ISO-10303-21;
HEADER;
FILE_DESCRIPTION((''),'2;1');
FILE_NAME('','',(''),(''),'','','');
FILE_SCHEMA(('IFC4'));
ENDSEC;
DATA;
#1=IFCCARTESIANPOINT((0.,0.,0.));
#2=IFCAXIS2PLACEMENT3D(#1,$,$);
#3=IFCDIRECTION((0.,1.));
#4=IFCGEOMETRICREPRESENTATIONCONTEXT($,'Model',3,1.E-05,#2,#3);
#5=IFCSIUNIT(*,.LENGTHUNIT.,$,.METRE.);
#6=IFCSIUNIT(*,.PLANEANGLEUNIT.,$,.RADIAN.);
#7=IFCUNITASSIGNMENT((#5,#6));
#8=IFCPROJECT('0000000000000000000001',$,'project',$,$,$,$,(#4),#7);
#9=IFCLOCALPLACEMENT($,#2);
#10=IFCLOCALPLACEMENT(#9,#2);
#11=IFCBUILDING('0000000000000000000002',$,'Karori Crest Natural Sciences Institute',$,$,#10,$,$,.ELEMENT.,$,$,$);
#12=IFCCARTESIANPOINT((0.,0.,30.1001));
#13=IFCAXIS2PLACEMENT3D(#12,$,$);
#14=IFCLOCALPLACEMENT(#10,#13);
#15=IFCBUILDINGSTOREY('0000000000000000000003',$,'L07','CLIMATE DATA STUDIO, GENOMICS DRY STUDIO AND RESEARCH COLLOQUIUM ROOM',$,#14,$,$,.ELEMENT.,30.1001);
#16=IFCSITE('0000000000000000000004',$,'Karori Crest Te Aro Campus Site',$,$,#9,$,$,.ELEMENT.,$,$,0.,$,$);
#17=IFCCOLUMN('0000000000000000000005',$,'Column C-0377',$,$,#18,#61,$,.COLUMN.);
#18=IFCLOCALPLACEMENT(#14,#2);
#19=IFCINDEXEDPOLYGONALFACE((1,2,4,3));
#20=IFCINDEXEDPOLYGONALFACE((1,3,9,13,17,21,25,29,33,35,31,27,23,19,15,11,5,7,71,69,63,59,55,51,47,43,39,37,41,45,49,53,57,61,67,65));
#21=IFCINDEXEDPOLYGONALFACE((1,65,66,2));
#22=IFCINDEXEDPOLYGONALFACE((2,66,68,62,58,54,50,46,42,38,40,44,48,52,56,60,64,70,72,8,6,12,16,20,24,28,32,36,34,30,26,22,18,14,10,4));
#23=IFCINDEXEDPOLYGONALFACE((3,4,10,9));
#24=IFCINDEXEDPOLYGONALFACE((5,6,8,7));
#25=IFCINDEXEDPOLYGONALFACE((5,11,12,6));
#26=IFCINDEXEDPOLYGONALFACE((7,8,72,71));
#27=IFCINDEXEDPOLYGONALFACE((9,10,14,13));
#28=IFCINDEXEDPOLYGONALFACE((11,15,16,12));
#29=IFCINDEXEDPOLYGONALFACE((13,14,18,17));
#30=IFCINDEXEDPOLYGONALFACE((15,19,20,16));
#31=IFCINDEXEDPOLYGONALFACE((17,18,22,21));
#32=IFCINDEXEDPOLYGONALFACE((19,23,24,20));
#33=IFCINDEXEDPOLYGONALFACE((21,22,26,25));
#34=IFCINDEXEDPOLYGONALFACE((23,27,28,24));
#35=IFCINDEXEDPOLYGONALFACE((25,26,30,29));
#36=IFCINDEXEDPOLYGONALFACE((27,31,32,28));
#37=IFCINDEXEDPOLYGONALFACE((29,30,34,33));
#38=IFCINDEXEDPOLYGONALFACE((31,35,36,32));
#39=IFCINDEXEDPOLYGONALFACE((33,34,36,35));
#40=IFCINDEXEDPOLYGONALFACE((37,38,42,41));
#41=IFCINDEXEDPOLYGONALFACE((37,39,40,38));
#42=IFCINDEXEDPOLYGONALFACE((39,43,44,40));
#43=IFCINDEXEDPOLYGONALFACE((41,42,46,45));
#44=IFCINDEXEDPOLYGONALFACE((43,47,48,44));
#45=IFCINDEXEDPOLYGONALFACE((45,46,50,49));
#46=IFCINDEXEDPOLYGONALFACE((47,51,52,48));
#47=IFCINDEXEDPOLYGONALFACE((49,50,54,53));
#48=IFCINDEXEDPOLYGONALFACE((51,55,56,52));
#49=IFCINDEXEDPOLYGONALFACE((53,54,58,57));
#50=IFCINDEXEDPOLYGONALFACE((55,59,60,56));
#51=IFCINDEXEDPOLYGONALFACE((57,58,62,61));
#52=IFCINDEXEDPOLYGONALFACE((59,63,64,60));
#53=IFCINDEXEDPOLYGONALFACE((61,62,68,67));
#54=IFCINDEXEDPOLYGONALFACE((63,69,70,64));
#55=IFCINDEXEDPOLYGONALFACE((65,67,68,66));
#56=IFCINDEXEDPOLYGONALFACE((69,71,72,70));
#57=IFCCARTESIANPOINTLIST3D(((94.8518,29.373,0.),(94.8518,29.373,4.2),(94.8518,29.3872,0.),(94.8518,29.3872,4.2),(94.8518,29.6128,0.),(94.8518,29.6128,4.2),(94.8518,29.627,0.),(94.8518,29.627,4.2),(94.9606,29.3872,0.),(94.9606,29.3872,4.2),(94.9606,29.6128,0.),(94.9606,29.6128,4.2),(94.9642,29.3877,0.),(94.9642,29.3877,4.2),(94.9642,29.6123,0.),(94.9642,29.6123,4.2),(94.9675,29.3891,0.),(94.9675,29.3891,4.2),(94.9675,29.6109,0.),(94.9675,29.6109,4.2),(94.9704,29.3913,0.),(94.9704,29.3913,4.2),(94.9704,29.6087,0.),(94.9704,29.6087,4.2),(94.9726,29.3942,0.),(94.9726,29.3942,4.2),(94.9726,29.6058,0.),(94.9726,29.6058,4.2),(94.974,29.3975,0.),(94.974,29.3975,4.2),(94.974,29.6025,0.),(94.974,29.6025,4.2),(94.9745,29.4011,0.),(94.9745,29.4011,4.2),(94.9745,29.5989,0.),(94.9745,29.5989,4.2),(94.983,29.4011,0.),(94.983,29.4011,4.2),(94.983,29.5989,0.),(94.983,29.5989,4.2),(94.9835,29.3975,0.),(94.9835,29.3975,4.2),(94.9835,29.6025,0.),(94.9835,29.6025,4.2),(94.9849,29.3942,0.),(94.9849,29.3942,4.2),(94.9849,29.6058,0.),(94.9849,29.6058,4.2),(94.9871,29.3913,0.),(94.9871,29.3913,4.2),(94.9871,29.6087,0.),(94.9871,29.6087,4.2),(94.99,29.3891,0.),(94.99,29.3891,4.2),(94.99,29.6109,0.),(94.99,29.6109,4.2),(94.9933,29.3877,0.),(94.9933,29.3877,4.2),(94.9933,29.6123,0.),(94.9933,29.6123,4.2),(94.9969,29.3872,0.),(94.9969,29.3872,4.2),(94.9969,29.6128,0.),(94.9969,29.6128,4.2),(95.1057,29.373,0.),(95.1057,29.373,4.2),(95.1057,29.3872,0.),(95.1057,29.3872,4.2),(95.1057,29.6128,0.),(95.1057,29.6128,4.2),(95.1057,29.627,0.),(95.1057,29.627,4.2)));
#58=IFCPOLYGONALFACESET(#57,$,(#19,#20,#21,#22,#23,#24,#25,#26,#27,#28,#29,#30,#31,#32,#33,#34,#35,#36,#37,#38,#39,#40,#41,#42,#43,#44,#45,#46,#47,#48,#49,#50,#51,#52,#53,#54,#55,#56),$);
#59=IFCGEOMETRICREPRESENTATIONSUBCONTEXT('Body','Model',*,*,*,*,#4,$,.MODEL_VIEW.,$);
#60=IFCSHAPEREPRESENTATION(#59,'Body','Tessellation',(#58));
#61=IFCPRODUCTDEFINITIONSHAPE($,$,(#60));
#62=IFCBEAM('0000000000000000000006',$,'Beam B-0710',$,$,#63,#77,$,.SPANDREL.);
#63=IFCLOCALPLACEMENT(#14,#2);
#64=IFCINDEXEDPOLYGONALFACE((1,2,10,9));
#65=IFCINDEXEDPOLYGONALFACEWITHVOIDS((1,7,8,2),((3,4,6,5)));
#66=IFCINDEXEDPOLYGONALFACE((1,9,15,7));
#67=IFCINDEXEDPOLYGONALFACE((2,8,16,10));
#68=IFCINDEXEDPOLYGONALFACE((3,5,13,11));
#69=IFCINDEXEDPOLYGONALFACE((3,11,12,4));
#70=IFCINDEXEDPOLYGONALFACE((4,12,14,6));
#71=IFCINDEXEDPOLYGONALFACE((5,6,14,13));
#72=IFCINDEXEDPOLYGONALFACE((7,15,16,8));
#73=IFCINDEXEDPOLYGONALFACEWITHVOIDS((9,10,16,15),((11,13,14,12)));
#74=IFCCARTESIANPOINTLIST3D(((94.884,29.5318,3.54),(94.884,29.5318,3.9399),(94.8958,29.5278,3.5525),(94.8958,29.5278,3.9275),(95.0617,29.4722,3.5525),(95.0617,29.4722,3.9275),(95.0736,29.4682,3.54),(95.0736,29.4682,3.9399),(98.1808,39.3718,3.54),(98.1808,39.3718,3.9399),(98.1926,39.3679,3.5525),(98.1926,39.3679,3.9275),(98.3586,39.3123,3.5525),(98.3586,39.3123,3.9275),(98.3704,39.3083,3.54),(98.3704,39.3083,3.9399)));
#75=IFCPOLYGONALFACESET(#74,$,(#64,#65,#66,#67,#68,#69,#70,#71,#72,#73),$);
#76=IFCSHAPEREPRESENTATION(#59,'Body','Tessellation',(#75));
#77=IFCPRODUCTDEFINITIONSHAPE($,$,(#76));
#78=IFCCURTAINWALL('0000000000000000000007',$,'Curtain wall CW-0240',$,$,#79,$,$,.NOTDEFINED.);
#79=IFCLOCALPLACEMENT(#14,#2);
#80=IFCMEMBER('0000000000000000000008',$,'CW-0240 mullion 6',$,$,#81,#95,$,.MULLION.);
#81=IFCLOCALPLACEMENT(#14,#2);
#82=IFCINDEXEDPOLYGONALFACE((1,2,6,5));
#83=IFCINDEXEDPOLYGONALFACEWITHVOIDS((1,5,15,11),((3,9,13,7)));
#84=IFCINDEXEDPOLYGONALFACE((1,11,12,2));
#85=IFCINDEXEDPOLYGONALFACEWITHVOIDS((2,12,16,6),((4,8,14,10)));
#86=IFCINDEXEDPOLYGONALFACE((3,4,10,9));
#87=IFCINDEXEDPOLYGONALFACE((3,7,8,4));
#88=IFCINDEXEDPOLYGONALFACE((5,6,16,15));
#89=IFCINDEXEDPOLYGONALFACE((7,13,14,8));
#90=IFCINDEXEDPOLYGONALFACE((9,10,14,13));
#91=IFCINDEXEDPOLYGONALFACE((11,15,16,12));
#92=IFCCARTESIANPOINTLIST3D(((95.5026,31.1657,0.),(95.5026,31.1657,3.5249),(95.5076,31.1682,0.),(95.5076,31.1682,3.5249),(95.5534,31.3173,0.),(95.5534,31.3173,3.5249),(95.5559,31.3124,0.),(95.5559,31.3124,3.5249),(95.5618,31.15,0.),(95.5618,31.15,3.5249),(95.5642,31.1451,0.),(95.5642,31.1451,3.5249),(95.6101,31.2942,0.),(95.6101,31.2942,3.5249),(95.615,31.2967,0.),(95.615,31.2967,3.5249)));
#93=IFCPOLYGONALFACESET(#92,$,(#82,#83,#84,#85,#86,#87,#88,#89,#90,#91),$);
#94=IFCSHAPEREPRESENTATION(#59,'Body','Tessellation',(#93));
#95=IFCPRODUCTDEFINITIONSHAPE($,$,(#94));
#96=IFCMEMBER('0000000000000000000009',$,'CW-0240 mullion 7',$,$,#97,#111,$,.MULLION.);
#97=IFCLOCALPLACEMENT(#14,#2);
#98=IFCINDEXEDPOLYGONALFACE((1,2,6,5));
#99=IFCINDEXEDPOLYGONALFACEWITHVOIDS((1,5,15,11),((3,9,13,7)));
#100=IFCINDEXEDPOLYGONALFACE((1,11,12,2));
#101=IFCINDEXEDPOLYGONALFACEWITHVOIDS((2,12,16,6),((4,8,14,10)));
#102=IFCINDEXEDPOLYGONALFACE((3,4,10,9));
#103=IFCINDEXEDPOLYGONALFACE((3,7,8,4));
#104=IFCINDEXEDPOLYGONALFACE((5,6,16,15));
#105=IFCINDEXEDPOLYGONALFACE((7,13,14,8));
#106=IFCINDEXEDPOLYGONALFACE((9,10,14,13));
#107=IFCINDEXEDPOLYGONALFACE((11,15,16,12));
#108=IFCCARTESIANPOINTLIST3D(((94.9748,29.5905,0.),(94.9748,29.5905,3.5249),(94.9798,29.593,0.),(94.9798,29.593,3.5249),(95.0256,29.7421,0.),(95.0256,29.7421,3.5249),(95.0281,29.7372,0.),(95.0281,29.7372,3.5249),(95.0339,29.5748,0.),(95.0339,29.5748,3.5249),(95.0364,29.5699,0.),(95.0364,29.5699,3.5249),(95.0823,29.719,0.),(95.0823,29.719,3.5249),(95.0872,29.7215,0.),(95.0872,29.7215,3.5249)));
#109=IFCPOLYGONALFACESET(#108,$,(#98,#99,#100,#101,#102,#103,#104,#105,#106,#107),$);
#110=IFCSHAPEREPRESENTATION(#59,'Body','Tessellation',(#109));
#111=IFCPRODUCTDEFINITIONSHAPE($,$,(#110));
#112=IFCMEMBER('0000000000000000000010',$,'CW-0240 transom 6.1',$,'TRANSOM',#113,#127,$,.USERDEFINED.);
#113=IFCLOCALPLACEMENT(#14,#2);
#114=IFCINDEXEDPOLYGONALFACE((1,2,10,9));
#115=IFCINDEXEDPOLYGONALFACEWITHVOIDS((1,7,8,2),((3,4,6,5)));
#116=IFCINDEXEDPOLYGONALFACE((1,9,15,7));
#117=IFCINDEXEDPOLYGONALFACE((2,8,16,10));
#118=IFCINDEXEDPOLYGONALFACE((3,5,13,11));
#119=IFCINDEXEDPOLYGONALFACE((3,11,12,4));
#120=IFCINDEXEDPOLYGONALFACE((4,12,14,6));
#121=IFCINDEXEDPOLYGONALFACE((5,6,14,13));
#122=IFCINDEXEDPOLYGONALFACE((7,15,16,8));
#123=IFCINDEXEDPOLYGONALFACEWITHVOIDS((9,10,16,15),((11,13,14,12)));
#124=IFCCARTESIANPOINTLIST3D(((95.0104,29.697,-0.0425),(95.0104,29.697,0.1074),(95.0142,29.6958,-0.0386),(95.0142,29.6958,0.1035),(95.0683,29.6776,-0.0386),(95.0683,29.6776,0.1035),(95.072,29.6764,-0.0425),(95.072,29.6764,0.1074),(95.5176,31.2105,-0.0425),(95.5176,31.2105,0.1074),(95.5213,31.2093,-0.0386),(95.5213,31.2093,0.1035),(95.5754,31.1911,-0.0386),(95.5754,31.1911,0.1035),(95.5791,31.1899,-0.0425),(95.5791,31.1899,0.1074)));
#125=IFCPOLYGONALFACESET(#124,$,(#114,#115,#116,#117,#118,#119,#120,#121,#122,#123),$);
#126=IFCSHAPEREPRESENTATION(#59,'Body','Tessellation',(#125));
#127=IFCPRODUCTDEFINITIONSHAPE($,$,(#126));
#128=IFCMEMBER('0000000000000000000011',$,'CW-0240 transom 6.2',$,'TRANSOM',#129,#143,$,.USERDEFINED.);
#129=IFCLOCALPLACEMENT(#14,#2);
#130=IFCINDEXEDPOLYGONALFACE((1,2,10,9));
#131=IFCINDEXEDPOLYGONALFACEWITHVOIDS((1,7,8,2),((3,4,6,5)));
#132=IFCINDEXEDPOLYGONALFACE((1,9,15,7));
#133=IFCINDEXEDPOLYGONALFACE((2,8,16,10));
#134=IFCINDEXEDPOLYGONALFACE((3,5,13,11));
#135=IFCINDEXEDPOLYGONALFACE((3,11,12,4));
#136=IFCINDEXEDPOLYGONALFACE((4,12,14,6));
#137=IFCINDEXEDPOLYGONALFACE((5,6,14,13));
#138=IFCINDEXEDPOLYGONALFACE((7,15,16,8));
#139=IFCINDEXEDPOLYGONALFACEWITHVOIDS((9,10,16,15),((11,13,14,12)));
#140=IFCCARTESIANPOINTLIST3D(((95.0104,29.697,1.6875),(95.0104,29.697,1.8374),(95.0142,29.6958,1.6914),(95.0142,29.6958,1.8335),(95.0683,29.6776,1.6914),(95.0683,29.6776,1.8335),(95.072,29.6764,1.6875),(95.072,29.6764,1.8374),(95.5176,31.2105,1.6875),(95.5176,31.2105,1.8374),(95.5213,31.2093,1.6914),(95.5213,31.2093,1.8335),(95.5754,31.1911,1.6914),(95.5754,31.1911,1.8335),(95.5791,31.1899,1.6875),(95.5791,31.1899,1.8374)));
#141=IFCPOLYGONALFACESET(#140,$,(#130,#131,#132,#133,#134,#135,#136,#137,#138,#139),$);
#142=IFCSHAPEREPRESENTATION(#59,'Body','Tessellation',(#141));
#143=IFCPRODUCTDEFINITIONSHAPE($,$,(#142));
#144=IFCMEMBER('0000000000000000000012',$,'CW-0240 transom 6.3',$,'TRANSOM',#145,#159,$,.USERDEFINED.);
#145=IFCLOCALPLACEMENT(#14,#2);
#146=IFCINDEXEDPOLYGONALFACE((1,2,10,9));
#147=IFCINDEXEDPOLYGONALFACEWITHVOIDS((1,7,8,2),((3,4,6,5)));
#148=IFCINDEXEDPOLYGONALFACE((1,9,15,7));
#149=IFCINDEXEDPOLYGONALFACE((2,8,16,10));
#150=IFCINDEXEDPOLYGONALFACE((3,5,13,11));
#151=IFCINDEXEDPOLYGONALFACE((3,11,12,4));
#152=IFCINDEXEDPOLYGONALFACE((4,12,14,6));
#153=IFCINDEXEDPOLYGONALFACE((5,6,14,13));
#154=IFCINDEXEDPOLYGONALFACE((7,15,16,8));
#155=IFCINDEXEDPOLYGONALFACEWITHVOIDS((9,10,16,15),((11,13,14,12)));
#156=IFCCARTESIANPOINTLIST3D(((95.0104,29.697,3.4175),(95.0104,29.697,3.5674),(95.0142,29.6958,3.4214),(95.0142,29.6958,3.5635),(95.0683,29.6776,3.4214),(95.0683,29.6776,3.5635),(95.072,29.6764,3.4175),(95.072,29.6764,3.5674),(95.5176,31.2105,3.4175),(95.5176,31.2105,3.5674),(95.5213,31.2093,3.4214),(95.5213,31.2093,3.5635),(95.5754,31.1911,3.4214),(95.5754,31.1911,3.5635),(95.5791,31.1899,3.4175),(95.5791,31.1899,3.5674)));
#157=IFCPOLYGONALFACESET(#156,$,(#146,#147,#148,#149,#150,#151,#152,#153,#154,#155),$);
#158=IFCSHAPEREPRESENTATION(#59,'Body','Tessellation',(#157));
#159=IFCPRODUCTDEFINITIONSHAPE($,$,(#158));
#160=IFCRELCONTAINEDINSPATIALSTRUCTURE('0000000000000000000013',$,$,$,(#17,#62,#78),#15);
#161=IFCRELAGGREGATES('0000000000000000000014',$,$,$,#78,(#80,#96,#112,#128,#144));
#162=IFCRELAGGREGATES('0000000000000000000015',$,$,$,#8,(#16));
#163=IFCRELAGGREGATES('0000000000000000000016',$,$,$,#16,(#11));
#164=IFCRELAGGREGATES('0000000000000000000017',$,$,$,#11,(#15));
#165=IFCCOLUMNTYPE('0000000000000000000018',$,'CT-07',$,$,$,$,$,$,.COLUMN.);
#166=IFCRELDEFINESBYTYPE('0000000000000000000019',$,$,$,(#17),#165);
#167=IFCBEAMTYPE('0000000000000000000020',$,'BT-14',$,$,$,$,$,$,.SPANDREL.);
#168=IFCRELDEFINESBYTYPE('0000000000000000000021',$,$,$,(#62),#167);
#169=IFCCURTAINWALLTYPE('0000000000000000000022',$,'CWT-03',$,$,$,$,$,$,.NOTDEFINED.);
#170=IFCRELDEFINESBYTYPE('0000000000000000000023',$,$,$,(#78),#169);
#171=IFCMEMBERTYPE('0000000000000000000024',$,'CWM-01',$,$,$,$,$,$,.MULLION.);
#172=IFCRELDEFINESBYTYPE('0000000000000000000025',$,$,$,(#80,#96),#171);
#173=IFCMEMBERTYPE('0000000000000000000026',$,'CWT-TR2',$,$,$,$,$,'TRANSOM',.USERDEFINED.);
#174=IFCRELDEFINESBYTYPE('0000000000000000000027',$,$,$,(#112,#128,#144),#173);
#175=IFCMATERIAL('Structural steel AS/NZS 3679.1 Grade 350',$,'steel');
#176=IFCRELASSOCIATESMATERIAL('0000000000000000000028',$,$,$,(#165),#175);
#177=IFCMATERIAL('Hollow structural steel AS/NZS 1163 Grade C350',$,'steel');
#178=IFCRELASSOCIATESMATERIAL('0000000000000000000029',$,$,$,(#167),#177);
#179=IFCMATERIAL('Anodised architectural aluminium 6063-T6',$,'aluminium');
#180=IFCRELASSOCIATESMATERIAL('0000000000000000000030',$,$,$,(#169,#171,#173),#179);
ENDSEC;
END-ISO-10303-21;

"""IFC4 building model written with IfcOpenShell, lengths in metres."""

from ifc_helpers import new_model, si_unit, direction, frame, origin, origin_2d, place, context, subcontext, project, spatial, hollow_rectangle, i_section, extrude, material, material_profile, profile_set, type_object, element, aggregate, save


model = new_model("IFC4")

# Units and contexts
model_context = context("Model", 3, precision=1e-05, world=origin(), true_north=direction((0.0, 1.0)))
body_context = subcontext(model_context, "Body", "Model", "MODEL_VIEW")
ifc_project = project(units=[si_unit("LENGTHUNIT", "METRE"), si_unit("PLANEANGLEUNIT", "RADIAN")], contexts=[model_context])

# Site, building, storey
site_placement = place(None, origin())
site = spatial("IfcSite", under=ifc_project, at=site_placement, Name="Karori Crest Te Aro Campus Site", CompositionType="ELEMENT", RefElevation=0.0)
building_placement = place(site_placement, origin())
building = spatial("IfcBuilding", under=site, at=building_placement, Name="Karori Crest Natural Sciences Institute", CompositionType="ELEMENT")
storey_placement = place(building_placement, frame((0.0, 0.0, 30.1001)))
storey = spatial("IfcBuildingStorey", under=building, at=storey_placement, Name="L07", Description="CLIMATE DATA STUDIO, GENOMICS DRY STUDIO AND RESEARCH COLLOQUIUM ROOM", CompositionType="ELEMENT", Elevation=30.1001)

# Column
ifc_material_1 = material(Name="Structural steel AS/NZS 3679.1 Grade 350", Category="steel")
ifc_material_profile_1 = material_profile(ifc_material_1, i_section(OverallWidth=0.2539, OverallDepth=0.2539, WebThickness=0.0085, FlangeThickness=0.0142, FilletRadius=0.0139, at=origin_2d()), Name="250UC72.9")
ifc_profile_set_1 = profile_set([ifc_material_profile_1], Name="Structural steel AS/NZS 3679.1 Grade 350")
column_type = type_object("IfcColumnType", Name="CT-07", PredefinedType="COLUMN", material=ifc_profile_set_1)
column_placement = place(storey_placement, frame((94.9788, 29.5, 0.0), z_axis=(0.0, 0.0, 1.0), x_axis=(1.0, 0.0, 0.0)))
element("IfcColumn", 1, at=column_placement, inside=storey, type_object=column_type, Name="Column C-0377", PredefinedType="COLUMN", context=body_context, shape_type="SweptSolid", body=[
    extrude(i_section(OverallWidth=0.2539, OverallDepth=0.2539, WebThickness=0.0085, FlangeThickness=0.0142, FilletRadius=0.0139, at=origin_2d()), origin(), (0.0, 0.0, 1.0), 4.2),
])

# Beam
ifc_material_2 = material(Name="Hollow structural steel AS/NZS 1163 Grade C350", Category="steel")
ifc_material_profile_2 = material_profile(ifc_material_2, hollow_rectangle(XDim=0.2, YDim=0.3999, WallThickness=0.0125, at=origin_2d()), Name="RHS400x200x12.5")
ifc_profile_set_2 = profile_set([ifc_material_profile_2], Name="Hollow structural steel AS/NZS 1163 Grade C350")
beam_type = type_object("IfcBeamType", Name="BT-14", PredefinedType="SPANDREL", material=ifc_profile_set_2)
beam_placement = place(storey_placement, frame((94.9788, 29.5, 3.74), z_axis=(0.317688, 0.948195, 0.0), x_axis=(-0.948195, 0.317688, 0.0)))
element("IfcBeam", 2, at=beam_placement, inside=storey, type_object=beam_type, Name="Beam B-0710", PredefinedType="SPANDREL", context=body_context, shape_type="SweptSolid", body=[
    extrude(hollow_rectangle(XDim=0.2, YDim=0.3999, WallThickness=0.0125, at=origin_2d()), origin(), (0.0, 0.0, 1.0), 10.3777),
])

# Curtain wall, members
ifc_material_3 = material(Name="Anodised architectural aluminium 6063-T6", Category="aluminium")
curtain_wall_type = type_object("IfcCurtainWallType", Name="CWT-03", PredefinedType="NOTDEFINED", material=ifc_material_3)
curtain_wall_placement = place(storey_placement, origin())
curtain_wall = element("IfcCurtainWall", 3, at=curtain_wall_placement, inside=storey, type_object=curtain_wall_type, Name="Curtain wall CW-0240", PredefinedType="NOTDEFINED")
ifc_material_profile_3 = material_profile(ifc_material_3, hollow_rectangle(XDim=0.0649, YDim=0.1599, WallThickness=0.0039, at=origin_2d()), Name="CWM160x65x4")
ifc_profile_set_3 = profile_set([ifc_material_profile_3], Name="Anodised architectural aluminium 6063-T6")
member_type_1 = type_object("IfcMemberType", Name="CWM-01", PredefinedType="MULLION", material=ifc_profile_set_3)
member_1_placement = place(storey_placement, frame((95.5588, 31.2312, 0.0), z_axis=(0.0, 0.0, 1.0), x_axis=(0.948198, -0.31768, 0.0)))
member_1 = element("IfcMember", 4, at=member_1_placement, type_object=member_type_1, Name="CW-0240 mullion 6", PredefinedType="MULLION", context=body_context, shape_type="SweptSolid", body=[
    extrude(hollow_rectangle(XDim=0.0649, YDim=0.1599, WallThickness=0.0039, at=origin_2d()), origin(), (0.0, 0.0, 1.0), 3.5249),
])
member_2_placement = place(storey_placement, frame((95.031, 29.656, 0.0), z_axis=(0.0, 0.0, 1.0), x_axis=(0.948198, -0.31768, 0.0)))
member_2 = element("IfcMember", 5, at=member_2_placement, type_object=member_type_1, Name="CW-0240 mullion 7", PredefinedType="MULLION", context=body_context, shape_type="SweptSolid", body=[
    extrude(hollow_rectangle(XDim=0.0649, YDim=0.1599, WallThickness=0.0039, at=origin_2d()), origin(), (0.0, 0.0, 1.0), 3.5249),
])
ifc_material_profile_4 = material_profile(ifc_material_3, hollow_rectangle(XDim=0.0649, YDim=0.1499, WallThickness=0.0039, at=origin_2d()), Name="CWT150x65x4")
ifc_profile_set_4 = profile_set([ifc_material_profile_4], Name="Anodised architectural aluminium 6063-T6")
member_type_2 = type_object("IfcMemberType", Name="CWT-TR2", ElementType="TRANSOM", PredefinedType="USERDEFINED", material=ifc_profile_set_4)
member_3_placement = place(storey_placement, frame((95.5483, 31.2002, 0.0325), z_axis=(-0.317696, -0.948193, 0.0), x_axis=(0.948193, -0.317696, 0.0)))
member_3 = element("IfcMember", 6, at=member_3_placement, type_object=member_type_2, Name="CW-0240 transom 6.1", ObjectType="TRANSOM", PredefinedType="USERDEFINED", context=body_context, shape_type="SweptSolid", body=[
    extrude(hollow_rectangle(XDim=0.0649, YDim=0.1499, WallThickness=0.0039, at=origin_2d()), origin(), (0.0, 0.0, 1.0), 1.5962),
])
member_4_placement = place(storey_placement, frame((95.5483, 31.2002, 1.7625), z_axis=(-0.317696, -0.948193, 0.0), x_axis=(0.948193, -0.317696, 0.0)))
member_4 = element("IfcMember", 7, at=member_4_placement, type_object=member_type_2, Name="CW-0240 transom 6.2", ObjectType="TRANSOM", PredefinedType="USERDEFINED", context=body_context, shape_type="SweptSolid", body=[
    extrude(hollow_rectangle(XDim=0.0649, YDim=0.1499, WallThickness=0.0039, at=origin_2d()), origin(), (0.0, 0.0, 1.0), 1.5962),
])
member_5_placement = place(storey_placement, frame((95.5483, 31.2002, 3.4924), z_axis=(-0.317696, -0.948193, 0.0), x_axis=(0.948193, -0.317696, 0.0)))
member_5 = element("IfcMember", 8, at=member_5_placement, type_object=member_type_2, Name="CW-0240 transom 6.3", ObjectType="TRANSOM", PredefinedType="USERDEFINED", context=body_context, shape_type="SweptSolid", body=[
    extrude(hollow_rectangle(XDim=0.0649, YDim=0.1499, WallThickness=0.0039, at=origin_2d()), origin(), (0.0, 0.0, 1.0), 1.5962),
])

aggregate(curtain_wall, [member_1, member_2, member_3, member_4, member_5])

save(model, "model.ifc")
